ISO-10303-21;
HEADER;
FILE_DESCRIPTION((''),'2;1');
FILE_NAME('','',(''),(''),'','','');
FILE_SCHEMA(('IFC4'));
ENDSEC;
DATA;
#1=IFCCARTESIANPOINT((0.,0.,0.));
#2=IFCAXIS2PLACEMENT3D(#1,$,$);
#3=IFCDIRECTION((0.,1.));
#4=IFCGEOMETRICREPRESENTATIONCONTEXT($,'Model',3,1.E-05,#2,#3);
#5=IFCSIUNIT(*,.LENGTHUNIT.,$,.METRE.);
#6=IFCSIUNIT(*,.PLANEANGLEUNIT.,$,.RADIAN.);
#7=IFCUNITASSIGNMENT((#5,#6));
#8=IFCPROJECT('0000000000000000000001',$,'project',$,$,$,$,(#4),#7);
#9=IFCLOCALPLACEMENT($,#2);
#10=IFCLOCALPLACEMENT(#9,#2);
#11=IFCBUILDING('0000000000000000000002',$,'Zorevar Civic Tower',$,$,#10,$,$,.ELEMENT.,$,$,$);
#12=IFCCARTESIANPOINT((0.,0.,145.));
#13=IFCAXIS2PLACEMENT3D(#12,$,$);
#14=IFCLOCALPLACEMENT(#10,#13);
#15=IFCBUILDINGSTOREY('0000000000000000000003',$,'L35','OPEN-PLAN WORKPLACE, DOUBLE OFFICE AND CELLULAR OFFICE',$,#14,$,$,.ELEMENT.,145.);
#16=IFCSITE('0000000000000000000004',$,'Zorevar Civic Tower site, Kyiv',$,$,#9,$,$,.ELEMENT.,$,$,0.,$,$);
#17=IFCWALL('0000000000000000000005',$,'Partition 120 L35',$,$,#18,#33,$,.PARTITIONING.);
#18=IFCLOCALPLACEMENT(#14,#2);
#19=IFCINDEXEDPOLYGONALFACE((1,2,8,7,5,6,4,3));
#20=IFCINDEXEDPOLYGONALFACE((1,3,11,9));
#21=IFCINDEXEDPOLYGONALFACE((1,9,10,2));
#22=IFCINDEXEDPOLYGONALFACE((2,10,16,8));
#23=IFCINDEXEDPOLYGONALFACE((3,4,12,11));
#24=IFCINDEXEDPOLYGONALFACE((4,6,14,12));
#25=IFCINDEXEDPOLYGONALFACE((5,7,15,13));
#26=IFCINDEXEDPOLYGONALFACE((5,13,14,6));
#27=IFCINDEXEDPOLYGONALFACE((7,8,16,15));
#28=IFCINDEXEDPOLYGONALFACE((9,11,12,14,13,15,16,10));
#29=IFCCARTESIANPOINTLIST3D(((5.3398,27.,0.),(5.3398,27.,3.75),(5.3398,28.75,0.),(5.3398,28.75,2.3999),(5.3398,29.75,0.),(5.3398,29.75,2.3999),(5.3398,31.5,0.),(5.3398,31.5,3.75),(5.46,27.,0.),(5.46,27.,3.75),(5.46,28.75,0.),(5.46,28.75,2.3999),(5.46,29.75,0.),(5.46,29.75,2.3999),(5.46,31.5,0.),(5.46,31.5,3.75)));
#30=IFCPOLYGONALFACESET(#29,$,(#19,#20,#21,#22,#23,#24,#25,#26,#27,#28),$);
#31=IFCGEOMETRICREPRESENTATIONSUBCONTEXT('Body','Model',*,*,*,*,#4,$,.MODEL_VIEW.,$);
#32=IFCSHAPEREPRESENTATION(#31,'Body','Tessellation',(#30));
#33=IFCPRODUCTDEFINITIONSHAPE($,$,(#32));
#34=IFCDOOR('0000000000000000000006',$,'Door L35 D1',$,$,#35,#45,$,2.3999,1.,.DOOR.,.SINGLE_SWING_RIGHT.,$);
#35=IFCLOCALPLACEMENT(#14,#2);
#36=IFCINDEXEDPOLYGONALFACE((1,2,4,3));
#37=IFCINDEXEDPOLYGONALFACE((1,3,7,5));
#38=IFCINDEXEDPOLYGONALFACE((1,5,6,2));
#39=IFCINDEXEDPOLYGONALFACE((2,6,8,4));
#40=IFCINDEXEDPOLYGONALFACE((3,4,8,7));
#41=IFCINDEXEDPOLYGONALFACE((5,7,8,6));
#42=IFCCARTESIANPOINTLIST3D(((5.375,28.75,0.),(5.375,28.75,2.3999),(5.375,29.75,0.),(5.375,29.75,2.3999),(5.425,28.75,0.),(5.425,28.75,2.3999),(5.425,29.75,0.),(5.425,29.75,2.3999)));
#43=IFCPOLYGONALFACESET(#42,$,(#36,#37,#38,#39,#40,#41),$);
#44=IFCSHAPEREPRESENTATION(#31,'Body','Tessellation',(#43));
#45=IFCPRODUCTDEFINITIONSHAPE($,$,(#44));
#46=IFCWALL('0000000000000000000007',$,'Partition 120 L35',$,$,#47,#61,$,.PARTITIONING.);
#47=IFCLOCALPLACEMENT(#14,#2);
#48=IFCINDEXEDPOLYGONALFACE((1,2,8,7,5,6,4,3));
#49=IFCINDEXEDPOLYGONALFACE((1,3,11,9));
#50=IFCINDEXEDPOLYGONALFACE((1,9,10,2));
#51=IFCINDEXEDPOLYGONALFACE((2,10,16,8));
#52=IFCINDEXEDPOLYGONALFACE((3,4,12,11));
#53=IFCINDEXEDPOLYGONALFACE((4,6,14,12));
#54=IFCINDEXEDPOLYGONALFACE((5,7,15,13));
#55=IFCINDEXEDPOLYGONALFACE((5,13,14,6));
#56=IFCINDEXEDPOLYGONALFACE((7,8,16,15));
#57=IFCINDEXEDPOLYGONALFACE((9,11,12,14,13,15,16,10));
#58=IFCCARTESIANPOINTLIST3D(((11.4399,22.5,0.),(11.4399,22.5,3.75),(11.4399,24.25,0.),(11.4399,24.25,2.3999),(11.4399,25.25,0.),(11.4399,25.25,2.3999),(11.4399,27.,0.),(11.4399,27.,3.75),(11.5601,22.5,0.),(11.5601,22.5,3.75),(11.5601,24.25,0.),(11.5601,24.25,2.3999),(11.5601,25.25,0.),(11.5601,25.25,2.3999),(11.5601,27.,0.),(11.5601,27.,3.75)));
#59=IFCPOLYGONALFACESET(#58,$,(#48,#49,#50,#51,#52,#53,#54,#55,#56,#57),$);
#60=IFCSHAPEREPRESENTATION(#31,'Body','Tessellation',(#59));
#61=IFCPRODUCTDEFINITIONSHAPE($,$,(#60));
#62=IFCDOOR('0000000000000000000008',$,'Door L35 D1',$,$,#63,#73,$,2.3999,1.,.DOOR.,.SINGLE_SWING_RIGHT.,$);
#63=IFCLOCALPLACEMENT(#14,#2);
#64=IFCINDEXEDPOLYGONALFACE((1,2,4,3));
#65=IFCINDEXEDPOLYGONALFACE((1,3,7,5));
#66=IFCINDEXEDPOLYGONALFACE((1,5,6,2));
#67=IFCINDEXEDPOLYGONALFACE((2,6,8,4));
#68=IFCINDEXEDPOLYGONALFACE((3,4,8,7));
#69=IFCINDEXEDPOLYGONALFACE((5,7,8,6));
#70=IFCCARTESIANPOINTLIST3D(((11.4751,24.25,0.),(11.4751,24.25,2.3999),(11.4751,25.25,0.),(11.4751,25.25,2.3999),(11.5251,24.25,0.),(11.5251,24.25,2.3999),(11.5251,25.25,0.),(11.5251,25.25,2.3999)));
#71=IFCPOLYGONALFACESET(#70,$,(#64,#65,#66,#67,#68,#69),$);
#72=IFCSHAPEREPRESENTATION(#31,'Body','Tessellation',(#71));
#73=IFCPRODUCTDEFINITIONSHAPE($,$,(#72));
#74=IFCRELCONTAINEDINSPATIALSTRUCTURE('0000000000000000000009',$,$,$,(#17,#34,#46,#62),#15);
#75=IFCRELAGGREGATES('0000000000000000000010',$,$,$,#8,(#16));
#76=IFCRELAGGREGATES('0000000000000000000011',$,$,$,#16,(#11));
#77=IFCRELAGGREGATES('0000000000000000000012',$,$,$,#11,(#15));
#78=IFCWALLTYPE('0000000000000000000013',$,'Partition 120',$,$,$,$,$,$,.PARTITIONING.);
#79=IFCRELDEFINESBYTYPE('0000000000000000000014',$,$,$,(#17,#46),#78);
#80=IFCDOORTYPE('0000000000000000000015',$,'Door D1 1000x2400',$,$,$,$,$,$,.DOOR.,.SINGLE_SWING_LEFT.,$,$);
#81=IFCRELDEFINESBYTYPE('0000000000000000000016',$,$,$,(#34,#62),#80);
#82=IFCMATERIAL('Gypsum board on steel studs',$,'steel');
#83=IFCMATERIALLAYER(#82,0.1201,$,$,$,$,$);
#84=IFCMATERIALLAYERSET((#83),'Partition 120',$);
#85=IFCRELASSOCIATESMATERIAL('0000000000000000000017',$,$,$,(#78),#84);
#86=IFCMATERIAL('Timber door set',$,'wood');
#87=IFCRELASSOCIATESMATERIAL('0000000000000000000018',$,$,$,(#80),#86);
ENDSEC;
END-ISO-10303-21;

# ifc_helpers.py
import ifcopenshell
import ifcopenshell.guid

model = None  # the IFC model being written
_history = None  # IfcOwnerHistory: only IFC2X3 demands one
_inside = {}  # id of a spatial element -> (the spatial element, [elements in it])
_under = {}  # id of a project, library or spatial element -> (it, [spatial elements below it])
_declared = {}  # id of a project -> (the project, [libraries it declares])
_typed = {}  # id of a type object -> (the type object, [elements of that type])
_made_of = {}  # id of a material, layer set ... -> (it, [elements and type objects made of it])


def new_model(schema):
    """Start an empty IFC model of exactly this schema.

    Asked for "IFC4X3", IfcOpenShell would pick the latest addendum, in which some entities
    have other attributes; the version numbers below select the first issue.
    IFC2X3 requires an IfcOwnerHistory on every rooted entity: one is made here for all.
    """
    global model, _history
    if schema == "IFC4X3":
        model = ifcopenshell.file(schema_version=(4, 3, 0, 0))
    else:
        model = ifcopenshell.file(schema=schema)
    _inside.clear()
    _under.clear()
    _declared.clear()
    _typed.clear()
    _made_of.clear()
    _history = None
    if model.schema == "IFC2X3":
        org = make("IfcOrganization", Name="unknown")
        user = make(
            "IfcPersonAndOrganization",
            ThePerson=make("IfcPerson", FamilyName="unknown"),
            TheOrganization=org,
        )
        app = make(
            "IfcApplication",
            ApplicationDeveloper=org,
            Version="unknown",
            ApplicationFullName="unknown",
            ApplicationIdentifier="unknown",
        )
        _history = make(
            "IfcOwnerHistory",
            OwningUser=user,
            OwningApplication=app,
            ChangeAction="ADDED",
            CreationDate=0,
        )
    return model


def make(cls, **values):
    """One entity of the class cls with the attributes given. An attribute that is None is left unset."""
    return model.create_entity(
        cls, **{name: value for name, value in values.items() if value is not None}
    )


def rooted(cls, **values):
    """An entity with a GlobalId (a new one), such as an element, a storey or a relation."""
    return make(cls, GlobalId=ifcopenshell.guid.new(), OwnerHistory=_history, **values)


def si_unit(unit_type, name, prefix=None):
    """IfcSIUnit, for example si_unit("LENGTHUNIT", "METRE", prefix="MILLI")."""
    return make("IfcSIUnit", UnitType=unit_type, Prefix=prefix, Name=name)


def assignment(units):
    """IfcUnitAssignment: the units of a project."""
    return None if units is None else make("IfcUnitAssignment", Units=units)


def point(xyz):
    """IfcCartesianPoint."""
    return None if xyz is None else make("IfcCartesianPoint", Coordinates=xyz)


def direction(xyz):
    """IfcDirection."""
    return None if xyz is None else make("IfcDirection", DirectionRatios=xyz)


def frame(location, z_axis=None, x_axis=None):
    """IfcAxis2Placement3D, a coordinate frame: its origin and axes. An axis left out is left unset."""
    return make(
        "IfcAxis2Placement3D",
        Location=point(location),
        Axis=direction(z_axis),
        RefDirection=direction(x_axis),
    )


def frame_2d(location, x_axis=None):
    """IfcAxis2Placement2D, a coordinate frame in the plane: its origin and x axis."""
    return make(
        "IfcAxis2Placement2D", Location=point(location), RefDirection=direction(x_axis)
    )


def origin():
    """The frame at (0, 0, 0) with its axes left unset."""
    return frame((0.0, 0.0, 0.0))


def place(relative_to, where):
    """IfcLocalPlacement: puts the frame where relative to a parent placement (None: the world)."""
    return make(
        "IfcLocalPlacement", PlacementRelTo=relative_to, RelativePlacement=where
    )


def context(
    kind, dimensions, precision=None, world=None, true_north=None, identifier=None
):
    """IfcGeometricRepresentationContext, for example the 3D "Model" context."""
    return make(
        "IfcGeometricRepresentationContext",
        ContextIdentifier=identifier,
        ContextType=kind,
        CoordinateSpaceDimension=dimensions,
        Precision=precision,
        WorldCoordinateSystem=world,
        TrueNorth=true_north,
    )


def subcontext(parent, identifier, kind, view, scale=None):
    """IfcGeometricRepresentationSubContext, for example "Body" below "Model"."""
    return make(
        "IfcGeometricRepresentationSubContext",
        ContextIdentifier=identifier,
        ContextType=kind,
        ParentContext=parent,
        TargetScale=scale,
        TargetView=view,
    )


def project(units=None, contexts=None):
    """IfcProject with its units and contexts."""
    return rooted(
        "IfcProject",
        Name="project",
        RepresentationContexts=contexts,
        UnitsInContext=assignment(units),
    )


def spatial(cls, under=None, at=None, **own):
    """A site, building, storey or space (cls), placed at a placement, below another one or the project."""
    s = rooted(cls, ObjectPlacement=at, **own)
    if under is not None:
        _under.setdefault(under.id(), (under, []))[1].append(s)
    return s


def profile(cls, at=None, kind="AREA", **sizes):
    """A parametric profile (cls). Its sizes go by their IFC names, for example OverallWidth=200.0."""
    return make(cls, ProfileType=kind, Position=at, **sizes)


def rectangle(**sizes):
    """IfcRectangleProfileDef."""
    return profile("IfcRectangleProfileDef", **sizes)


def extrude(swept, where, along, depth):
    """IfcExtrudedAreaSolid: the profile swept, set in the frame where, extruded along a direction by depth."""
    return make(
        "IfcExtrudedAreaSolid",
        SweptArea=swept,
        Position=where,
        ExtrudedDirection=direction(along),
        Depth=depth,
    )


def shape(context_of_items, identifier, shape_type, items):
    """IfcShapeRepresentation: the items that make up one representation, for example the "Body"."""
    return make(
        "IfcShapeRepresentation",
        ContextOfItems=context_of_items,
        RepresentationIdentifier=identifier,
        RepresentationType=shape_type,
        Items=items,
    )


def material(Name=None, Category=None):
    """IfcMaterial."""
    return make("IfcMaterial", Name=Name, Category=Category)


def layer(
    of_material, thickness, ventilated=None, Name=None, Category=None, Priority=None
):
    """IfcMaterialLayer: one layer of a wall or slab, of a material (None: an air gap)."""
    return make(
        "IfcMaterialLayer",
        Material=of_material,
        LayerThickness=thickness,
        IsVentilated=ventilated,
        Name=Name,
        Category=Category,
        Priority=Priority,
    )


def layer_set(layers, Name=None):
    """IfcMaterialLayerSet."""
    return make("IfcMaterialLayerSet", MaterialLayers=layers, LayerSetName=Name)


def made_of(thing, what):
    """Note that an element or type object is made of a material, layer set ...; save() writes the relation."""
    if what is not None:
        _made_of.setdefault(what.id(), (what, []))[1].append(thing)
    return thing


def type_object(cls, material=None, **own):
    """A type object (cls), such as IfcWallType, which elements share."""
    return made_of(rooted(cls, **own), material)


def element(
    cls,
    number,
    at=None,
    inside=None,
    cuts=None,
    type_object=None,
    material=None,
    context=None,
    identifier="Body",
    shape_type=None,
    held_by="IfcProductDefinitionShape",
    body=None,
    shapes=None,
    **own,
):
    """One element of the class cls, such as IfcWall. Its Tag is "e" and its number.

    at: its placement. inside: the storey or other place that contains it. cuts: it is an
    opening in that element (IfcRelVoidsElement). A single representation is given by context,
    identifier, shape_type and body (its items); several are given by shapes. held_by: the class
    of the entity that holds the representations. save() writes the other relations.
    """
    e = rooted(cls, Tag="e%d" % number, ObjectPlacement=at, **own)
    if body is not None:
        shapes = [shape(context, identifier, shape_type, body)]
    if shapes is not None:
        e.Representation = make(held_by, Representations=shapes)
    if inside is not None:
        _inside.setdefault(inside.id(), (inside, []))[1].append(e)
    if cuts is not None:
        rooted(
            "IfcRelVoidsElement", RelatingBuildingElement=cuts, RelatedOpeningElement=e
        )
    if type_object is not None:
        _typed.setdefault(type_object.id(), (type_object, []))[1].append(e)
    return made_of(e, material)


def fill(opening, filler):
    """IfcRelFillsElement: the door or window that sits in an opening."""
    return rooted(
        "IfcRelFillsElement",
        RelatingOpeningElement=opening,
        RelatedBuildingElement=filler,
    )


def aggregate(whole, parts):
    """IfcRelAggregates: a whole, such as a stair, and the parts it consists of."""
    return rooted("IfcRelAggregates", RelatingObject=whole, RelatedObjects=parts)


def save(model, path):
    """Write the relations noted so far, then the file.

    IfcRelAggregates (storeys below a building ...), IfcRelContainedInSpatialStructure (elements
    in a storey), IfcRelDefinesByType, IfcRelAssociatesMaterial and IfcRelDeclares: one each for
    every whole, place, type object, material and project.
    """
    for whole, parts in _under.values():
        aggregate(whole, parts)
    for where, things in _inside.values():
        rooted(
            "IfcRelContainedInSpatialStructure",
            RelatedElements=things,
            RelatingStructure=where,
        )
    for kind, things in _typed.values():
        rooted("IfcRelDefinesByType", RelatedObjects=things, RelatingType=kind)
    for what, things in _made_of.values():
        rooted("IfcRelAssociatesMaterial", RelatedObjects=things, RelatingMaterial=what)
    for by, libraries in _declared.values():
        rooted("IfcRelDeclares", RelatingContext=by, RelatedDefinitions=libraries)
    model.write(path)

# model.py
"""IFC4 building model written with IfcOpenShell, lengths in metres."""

from ifc_helpers import new_model, si_unit, direction, frame, frame_2d, origin, place, context, subcontext, project, spatial, rectangle, extrude, material, layer, layer_set, type_object, element, fill, save


model = new_model("IFC4")

# Units and contexts
model_context = context("Model", 3, precision=1e-05, world=origin(), true_north=direction((0.0, 1.0)))
body_context = subcontext(model_context, "Body", "Model", "MODEL_VIEW")
ifc_project = project(units=[si_unit("LENGTHUNIT", "METRE"), si_unit("PLANEANGLEUNIT", "RADIAN")], contexts=[model_context])

# Site, building, storey
site_placement = place(None, origin())
site = spatial("IfcSite", under=ifc_project, at=site_placement, Name="Zorevar Civic Tower site, Kyiv", CompositionType="ELEMENT", RefElevation=0.0)
building_placement = place(site_placement, origin())
building = spatial("IfcBuilding", under=site, at=building_placement, Name="Zorevar Civic Tower", CompositionType="ELEMENT")
storey_placement = place(building_placement, frame((0.0, 0.0, 145.0)))
storey = spatial("IfcBuildingStorey", under=building, at=storey_placement, Name="L35", Description="OPEN-PLAN WORKPLACE, DOUBLE OFFICE AND CELLULAR OFFICE", CompositionType="ELEMENT", Elevation=145.0)

# Shared definitions
ifc_material_1 = material(Name="Gypsum board on steel studs", Category="steel")
ifc_layer_1 = layer(ifc_material_1, 0.1201)
ifc_layer_set_1 = layer_set([ifc_layer_1], Name="Partition 120")
wall_type_1 = type_object("IfcWallType", Name="Partition 120", PredefinedType="PARTITIONING", material=ifc_layer_set_1)

# Walls, openings, doors
ifc_material_2 = material(Name="Timber door set", Category="wood")
door_type = type_object("IfcDoorType", Name="Door D1 1000x2400", OperationType="SINGLE_SWING_LEFT", PredefinedType="DOOR", material=ifc_material_2)
wall_1_placement = place(storey_placement, frame((5.3999, 27.0, 0.0), z_axis=(0.0, 0.0, 1.0), x_axis=(0.0, 1.0, 0.0)))
wall_1 = element("IfcWall", 1, at=wall_1_placement, inside=storey, type_object=wall_type_1, Name="Partition 120 L35", PredefinedType="PARTITIONING", context=body_context, shape_type="SweptSolid", body=[
    extrude(rectangle(XDim=4.5, YDim=0.1201, at=frame_2d((2.25, 0.0))), origin(), (0.0, 0.0, 1.0), 3.75),
])
opening_1_placement = place(wall_1_placement, frame((1.75, 0.0, 0.0)))
opening_1 = element("IfcOpeningElement", 2, at=opening_1_placement, cuts=wall_1, PredefinedType="OPENING", context=body_context, shape_type="SweptSolid", body=[
    extrude(rectangle(XDim=1.0, YDim=2.3999, at=frame_2d((0.5, 1.2))), frame((0.0, 0.0701, 0.0), z_axis=(0.0, -1.0, 0.0), x_axis=(1.0, 0.0, 0.0)), (0.0, 0.0, 1.0), 0.1401),
])
door_1_placement = place(opening_1_placement, origin())
door_1 = element("IfcDoor", 3, at=door_1_placement, inside=storey, type_object=door_type, Name="Door L35 D1", OperationType="SINGLE_SWING_RIGHT", OverallHeight=2.3999, OverallWidth=1.0, PredefinedType="DOOR", context=body_context, shape_type="SweptSolid", body=[
    extrude(rectangle(XDim=1.0, YDim=2.3999, at=frame_2d((0.5, 1.2))), frame((0.0, 0.0249, 0.0), z_axis=(0.0, -1.0, 0.0), x_axis=(1.0, 0.0, 0.0)), (0.0, 0.0, 1.0), 0.05),
])
fill(opening_1, door_1)
wall_2_placement = place(storey_placement, frame((11.5, 22.5, 0.0), z_axis=(0.0, 0.0, 1.0), x_axis=(0.0, 1.0, 0.0)))
wall_2 = element("IfcWall", 4, at=wall_2_placement, inside=storey, type_object=wall_type_1, Name="Partition 120 L35", PredefinedType="PARTITIONING", context=body_context, shape_type="SweptSolid", body=[
    extrude(rectangle(XDim=4.5, YDim=0.1201, at=frame_2d((2.25, 0.0))), origin(), (0.0, 0.0, 1.0), 3.75),
])
opening_2_placement = place(wall_2_placement, frame((1.75, 0.0, 0.0)))
opening_2 = element("IfcOpeningElement", 5, at=opening_2_placement, cuts=wall_2, PredefinedType="OPENING", context=body_context, shape_type="SweptSolid", body=[
    extrude(rectangle(XDim=1.0, YDim=2.3999, at=frame_2d((0.5, 1.2))), frame((0.0, 0.0701, 0.0), z_axis=(0.0, -1.0, 0.0), x_axis=(1.0, 0.0, 0.0)), (0.0, 0.0, 1.0), 0.1401),
])
door_2_placement = place(opening_2_placement, origin())
door_2 = element("IfcDoor", 6, at=door_2_placement, inside=storey, type_object=door_type, Name="Door L35 D1", OperationType="SINGLE_SWING_RIGHT", OverallHeight=2.3999, OverallWidth=1.0, PredefinedType="DOOR", context=body_context, shape_type="SweptSolid", body=[
    extrude(rectangle(XDim=1.0, YDim=2.3999, at=frame_2d((0.5, 1.2))), frame((0.0, 0.0249, 0.0), z_axis=(0.0, -1.0, 0.0), x_axis=(1.0, 0.0, 0.0)), (0.0, 0.0, 1.0), 0.05),
])
fill(opening_2, door_2)

save(model, "model.ifc")
